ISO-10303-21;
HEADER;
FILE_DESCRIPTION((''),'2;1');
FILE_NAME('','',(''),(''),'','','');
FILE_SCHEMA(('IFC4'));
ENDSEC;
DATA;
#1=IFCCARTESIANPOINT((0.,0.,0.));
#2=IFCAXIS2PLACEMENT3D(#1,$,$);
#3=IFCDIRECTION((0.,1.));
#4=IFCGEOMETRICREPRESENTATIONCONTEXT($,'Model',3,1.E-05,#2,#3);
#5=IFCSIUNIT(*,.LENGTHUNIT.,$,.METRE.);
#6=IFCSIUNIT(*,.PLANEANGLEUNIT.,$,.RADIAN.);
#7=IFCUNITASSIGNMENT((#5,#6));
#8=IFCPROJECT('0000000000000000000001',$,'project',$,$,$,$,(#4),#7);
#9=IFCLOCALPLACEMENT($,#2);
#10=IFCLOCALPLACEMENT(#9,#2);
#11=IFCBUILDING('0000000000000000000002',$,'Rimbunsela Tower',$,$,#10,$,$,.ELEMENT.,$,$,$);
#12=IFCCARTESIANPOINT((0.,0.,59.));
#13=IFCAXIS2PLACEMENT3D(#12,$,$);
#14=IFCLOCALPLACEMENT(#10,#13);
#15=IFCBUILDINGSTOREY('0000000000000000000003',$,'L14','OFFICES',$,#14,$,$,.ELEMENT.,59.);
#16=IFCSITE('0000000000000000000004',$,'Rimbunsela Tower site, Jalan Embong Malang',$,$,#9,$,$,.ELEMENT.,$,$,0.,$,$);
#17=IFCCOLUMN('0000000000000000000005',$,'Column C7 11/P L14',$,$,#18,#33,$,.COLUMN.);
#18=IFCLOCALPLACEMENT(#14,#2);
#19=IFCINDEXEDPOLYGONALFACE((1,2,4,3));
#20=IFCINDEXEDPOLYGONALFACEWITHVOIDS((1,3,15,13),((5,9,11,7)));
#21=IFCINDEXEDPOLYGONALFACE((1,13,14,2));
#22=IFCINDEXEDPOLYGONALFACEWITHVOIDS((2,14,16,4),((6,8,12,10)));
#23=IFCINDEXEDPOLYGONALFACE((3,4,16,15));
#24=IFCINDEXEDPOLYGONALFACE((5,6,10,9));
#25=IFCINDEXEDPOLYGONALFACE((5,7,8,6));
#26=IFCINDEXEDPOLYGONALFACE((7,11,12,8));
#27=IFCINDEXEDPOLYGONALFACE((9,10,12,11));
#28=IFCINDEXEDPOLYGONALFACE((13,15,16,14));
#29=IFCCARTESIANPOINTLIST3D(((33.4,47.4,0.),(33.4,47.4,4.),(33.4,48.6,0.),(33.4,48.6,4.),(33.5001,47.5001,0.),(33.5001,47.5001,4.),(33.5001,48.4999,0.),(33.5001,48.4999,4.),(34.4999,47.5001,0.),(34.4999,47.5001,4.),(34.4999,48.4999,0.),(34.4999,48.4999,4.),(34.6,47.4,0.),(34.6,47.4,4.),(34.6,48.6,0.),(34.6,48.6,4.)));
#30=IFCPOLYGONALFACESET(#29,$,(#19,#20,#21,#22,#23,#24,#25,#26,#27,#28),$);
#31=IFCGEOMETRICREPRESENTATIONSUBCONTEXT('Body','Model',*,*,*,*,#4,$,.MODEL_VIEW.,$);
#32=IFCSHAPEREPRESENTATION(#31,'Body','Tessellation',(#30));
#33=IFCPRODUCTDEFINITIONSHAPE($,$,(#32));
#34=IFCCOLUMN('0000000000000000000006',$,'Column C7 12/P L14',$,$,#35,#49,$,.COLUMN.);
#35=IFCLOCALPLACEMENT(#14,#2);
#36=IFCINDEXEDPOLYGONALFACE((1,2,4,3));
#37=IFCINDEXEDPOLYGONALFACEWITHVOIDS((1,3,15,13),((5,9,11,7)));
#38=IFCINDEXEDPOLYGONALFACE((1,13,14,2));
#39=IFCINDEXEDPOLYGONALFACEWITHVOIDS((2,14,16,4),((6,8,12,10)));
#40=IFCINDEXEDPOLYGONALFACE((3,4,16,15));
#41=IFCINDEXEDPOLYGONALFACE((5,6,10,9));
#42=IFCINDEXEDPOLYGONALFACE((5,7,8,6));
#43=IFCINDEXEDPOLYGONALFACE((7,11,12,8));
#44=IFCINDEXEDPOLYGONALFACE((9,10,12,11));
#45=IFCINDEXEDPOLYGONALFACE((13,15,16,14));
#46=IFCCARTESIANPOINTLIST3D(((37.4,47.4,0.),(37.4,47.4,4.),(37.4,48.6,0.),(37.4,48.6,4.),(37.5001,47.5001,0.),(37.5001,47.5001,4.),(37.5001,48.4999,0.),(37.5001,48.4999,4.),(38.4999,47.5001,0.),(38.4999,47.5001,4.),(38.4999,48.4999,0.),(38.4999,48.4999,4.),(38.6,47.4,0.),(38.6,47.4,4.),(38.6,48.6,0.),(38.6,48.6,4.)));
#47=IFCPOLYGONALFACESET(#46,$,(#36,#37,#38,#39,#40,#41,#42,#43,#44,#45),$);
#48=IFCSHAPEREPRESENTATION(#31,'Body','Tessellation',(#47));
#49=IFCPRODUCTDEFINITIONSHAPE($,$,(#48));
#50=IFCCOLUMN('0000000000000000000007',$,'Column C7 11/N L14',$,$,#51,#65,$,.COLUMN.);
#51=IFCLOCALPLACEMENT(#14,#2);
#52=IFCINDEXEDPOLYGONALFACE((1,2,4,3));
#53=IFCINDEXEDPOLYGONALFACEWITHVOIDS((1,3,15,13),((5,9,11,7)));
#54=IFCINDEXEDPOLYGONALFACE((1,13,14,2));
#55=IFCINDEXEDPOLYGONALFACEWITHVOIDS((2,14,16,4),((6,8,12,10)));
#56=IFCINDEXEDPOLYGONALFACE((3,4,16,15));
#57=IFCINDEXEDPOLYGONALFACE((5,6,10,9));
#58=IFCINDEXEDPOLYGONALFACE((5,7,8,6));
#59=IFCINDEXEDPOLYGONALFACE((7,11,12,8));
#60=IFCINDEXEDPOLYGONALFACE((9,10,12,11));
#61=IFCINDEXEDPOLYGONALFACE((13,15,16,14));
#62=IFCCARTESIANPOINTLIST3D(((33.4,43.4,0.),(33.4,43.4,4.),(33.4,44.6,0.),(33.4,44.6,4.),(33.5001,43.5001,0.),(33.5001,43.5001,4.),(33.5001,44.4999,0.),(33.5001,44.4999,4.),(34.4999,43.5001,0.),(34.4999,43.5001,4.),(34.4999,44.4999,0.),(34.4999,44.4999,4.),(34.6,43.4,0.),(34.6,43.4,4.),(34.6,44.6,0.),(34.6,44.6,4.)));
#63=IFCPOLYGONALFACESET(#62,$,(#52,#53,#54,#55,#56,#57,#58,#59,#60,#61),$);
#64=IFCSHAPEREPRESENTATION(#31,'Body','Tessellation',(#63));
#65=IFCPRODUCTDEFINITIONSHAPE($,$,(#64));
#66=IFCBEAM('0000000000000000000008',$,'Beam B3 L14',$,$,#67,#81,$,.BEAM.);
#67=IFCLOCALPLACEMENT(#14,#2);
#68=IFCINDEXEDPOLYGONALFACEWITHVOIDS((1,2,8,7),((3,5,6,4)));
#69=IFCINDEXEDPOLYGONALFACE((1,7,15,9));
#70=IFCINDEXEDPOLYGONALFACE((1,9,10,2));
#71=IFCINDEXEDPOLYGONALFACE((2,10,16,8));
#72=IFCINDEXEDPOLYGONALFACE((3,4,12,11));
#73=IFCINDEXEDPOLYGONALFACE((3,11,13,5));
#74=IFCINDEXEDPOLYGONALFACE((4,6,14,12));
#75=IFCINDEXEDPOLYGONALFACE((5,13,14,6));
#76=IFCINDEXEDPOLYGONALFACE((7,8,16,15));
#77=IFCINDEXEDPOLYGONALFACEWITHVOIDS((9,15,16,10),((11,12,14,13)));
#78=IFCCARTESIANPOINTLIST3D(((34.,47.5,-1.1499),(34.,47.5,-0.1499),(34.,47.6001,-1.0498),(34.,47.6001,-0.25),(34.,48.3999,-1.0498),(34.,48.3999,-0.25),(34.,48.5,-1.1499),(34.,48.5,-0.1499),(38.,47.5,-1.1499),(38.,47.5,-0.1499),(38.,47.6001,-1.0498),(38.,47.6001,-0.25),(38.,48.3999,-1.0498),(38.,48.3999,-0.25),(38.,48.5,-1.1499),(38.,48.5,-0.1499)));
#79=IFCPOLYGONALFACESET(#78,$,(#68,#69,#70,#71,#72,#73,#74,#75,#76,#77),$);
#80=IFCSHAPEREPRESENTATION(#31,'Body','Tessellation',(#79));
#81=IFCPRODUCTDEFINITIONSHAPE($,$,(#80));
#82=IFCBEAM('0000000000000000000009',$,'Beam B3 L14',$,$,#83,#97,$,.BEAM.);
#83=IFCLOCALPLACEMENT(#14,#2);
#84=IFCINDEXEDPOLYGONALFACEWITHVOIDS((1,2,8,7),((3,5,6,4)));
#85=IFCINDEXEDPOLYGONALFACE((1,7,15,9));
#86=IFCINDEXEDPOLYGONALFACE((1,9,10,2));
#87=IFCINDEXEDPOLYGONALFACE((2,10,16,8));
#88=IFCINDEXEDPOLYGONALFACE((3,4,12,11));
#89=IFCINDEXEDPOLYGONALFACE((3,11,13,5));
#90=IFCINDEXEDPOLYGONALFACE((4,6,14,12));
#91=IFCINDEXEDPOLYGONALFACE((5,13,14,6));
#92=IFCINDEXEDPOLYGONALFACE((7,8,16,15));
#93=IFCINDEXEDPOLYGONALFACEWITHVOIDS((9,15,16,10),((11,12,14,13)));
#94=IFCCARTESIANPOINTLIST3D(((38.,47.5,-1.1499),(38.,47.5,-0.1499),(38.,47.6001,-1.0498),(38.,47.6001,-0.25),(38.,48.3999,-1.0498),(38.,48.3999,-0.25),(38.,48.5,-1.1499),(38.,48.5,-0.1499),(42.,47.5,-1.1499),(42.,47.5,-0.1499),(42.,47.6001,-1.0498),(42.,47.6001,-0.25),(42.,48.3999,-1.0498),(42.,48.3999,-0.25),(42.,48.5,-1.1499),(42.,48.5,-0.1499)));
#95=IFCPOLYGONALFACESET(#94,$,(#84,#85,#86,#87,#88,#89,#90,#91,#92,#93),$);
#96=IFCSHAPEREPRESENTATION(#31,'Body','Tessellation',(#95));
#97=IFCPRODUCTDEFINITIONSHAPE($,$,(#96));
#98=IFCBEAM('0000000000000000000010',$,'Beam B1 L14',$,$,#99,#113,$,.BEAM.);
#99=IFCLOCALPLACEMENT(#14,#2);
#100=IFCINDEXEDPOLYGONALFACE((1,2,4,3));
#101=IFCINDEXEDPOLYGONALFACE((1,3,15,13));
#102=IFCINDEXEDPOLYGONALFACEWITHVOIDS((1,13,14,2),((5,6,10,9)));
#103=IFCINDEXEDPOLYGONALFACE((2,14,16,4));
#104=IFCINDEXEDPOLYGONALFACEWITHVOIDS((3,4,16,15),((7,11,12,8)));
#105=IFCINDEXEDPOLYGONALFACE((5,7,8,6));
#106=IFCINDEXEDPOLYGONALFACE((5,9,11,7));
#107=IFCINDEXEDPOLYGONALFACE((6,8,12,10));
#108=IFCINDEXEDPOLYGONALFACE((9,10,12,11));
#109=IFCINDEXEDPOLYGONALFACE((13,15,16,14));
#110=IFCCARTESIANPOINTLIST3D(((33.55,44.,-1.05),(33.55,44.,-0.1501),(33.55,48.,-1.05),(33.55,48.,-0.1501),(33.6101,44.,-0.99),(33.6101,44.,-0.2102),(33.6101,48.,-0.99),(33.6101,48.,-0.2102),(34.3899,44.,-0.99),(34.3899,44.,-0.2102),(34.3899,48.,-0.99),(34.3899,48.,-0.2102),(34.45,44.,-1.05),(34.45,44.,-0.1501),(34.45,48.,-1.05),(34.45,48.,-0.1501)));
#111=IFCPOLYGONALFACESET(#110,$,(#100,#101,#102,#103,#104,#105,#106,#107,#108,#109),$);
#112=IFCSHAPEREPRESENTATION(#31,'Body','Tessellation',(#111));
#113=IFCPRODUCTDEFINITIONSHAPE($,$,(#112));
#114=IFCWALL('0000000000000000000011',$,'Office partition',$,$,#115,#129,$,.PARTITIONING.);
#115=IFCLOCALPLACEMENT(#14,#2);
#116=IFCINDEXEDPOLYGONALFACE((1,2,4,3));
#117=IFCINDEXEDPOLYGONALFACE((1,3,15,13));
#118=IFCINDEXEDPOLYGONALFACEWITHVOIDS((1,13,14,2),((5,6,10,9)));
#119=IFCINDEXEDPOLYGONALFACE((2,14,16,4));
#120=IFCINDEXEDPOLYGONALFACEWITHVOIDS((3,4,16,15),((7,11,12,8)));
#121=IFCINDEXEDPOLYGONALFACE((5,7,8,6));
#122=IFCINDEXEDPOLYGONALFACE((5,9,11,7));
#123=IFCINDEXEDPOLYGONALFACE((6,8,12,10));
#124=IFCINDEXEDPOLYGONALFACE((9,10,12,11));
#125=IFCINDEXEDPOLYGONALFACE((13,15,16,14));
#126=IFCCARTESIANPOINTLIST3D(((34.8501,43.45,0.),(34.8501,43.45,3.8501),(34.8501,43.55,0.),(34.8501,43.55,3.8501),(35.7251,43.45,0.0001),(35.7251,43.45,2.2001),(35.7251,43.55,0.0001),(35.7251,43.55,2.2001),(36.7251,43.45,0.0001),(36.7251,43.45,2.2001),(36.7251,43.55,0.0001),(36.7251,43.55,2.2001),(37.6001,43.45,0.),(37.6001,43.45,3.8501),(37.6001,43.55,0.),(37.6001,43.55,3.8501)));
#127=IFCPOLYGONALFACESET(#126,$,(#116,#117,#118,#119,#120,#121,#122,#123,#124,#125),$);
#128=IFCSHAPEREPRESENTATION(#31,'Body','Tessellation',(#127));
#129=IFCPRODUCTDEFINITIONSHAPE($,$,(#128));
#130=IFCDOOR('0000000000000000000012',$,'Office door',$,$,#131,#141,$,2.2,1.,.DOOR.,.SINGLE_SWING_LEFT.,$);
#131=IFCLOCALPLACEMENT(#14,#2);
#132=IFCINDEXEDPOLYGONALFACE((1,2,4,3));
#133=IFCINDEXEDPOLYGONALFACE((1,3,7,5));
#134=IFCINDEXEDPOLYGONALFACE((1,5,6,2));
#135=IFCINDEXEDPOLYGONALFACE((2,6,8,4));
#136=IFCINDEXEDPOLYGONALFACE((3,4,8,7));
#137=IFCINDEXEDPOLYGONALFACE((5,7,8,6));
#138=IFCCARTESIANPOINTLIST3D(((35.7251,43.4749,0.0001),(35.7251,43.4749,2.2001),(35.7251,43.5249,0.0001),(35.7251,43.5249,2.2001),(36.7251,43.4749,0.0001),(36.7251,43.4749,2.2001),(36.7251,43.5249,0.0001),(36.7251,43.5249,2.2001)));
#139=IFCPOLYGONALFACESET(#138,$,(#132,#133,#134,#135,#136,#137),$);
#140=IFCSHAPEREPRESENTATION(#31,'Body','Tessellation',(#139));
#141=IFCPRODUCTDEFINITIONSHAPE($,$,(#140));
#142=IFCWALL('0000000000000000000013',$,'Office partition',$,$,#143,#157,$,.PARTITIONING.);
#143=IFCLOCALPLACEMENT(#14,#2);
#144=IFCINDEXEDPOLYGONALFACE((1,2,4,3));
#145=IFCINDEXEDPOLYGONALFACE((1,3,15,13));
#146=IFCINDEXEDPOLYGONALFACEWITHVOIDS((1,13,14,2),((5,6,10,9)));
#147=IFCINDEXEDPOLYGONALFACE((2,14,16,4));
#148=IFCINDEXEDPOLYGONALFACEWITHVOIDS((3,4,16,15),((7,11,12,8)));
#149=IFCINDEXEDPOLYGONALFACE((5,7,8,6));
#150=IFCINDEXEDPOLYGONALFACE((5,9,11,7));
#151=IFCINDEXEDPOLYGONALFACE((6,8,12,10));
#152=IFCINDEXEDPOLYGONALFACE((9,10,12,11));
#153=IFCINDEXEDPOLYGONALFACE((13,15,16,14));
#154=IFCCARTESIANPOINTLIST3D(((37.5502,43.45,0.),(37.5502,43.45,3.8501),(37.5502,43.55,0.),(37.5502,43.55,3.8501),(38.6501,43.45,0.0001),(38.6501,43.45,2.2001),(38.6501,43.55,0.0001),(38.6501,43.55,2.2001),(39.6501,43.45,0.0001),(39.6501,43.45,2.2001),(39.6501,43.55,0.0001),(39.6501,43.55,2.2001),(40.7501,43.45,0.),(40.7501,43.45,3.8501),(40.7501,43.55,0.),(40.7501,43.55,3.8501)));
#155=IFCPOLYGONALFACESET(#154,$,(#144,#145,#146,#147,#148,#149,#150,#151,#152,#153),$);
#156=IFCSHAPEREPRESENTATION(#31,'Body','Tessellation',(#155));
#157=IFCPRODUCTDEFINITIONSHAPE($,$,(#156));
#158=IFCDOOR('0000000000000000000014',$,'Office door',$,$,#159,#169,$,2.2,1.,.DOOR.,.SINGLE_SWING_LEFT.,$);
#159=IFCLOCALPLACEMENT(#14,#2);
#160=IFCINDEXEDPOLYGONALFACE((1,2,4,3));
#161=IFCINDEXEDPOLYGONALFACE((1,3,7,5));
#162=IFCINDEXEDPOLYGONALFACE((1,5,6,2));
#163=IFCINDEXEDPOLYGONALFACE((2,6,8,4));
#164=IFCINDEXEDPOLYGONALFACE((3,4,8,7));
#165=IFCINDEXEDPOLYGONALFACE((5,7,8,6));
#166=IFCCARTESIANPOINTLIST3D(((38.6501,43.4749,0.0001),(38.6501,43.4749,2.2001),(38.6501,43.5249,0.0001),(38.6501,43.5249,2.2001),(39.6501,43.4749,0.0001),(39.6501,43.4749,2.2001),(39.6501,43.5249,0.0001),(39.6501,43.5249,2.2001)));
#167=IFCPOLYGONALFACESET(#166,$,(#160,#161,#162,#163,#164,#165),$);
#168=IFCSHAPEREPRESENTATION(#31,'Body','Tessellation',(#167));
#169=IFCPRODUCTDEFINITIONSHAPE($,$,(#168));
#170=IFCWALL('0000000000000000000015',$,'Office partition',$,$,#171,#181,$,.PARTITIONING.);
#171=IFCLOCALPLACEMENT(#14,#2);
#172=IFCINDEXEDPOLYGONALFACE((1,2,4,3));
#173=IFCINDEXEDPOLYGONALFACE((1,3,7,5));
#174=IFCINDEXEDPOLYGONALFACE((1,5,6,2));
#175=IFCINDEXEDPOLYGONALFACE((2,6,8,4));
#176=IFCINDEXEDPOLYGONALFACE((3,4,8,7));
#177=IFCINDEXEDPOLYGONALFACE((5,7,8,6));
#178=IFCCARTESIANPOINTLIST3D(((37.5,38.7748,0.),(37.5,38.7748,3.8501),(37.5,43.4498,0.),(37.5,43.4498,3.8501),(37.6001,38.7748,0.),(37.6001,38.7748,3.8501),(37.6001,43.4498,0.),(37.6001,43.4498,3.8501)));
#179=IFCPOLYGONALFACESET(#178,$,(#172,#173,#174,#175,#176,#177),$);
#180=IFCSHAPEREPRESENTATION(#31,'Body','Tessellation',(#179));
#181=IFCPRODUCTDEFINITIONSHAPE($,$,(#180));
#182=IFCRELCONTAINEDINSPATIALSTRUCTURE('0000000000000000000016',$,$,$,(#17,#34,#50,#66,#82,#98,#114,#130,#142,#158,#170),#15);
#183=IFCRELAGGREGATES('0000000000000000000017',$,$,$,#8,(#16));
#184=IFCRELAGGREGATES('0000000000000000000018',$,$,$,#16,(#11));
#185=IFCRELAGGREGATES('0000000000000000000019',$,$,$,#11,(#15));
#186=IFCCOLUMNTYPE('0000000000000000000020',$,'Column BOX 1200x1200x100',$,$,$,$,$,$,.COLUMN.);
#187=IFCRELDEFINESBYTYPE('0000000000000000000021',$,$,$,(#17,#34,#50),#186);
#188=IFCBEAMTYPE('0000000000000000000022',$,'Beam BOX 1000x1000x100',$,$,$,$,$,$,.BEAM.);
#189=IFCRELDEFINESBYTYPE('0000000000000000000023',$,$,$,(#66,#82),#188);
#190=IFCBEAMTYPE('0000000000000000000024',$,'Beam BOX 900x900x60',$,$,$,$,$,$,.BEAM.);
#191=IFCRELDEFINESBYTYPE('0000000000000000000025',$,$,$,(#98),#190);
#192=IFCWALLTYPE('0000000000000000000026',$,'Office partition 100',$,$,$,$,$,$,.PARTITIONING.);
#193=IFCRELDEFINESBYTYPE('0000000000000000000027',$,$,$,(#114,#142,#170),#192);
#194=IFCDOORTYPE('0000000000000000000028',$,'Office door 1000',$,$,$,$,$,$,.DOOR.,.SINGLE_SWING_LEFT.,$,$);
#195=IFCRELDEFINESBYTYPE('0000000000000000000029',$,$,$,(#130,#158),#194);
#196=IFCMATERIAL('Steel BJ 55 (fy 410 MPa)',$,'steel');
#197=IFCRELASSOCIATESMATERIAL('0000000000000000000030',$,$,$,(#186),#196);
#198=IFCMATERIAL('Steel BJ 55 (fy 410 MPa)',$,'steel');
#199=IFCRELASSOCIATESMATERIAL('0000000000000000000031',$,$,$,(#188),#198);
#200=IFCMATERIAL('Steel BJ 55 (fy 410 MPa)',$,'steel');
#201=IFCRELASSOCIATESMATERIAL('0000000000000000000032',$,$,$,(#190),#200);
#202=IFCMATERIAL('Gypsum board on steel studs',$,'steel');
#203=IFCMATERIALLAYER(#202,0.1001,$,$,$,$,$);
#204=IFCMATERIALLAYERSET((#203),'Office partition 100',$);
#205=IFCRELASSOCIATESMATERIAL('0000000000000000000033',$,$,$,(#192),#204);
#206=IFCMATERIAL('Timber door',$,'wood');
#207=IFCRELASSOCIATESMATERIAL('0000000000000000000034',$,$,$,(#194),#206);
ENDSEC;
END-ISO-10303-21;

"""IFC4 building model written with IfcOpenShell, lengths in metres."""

from ifc_helpers import new_model, si_unit, direction, frame, frame_2d, origin, origin_2d, place, context, subcontext, project, spatial, rectangle, hollow_rectangle, extrude, material, layer, layer_set, material_profile, profile_set, type_object, element, fill, save


model = new_model("IFC4")

# Units and contexts
model_context = context("Model", 3, precision=1e-05, world=origin(), true_north=direction((0.0, 1.0)))
body_context = subcontext(model_context, "Body", "Model", "MODEL_VIEW")
ifc_project = project(units=[si_unit("LENGTHUNIT", "METRE"), si_unit("PLANEANGLEUNIT", "RADIAN")], contexts=[model_context])

# Site, building, storey
site_placement = place(None, origin())
site = spatial("IfcSite", under=ifc_project, at=site_placement, Name="Rimbunsela Tower site, Jalan Embong Malang", CompositionType="ELEMENT", RefElevation=0.0)
building_placement = place(site_placement, origin())
building = spatial("IfcBuilding", under=site, at=building_placement, Name="Rimbunsela Tower", CompositionType="ELEMENT")
storey_placement = place(building_placement, frame((0.0, 0.0, 59.0)))
storey = spatial("IfcBuildingStorey", under=building, at=storey_placement, Name="L14", Description="OFFICES", CompositionType="ELEMENT", Elevation=59.0)

# Columns
ifc_material_1 = material(Name="Steel BJ 55 (fy 410 MPa)", Category="steel")
ifc_material_profile_1 = material_profile(ifc_material_1, hollow_rectangle(XDim=1.2, YDim=1.2, WallThickness=0.1001, at=origin_2d()), Name="BOX 1200x1200x100")
ifc_profile_set_1 = profile_set([ifc_material_profile_1], Name="Steel BJ 55 (fy 410 MPa)")
column_type = type_object("IfcColumnType", Name="Column BOX 1200x1200x100", PredefinedType="COLUMN", material=ifc_profile_set_1)
for number, where, z_axis, x_axis, name in (
    (1, (34.0, 48.0, 0.0), (0.0, 0.0, 1.0), (1.0, 0.0, 0.0), "Column C7 11/P L14"),
    (2, (38.0, 48.0, 0.0), (0.0, 0.0, 1.0), (1.0, 0.0, 0.0), "Column C7 12/P L14"),
    (3, (34.0, 44.0, 0.0), (0.0, 0.0, 1.0), (1.0, 0.0, 0.0), "Column C7 11/N L14"),
):
    element("IfcColumn", number, at=place(storey_placement, frame(where, z_axis=z_axis, x_axis=x_axis)), inside=storey, type_object=column_type, Name=name, PredefinedType="COLUMN", context=body_context, shape_type="SweptSolid", body=[
        extrude(hollow_rectangle(XDim=1.2, YDim=1.2, WallThickness=0.1001, at=origin_2d()), origin(), (0.0, 0.0, 1.0), 4.0),
    ])

# Beams
ifc_material_2 = material(Name="Steel BJ 55 (fy 410 MPa)", Category="steel")
ifc_material_profile_2 = material_profile(ifc_material_2, hollow_rectangle(XDim=1.0, YDim=1.0, WallThickness=0.1001, at=origin_2d()), Name="BOX 1000x1000x100")
ifc_profile_set_2 = profile_set([ifc_material_profile_2], Name="Steel BJ 55 (fy 410 MPa)")
beam_type_1 = type_object("IfcBeamType", Name="Beam BOX 1000x1000x100", PredefinedType="BEAM", material=ifc_profile_set_2)
for number, where, z_axis, x_axis, name in (
    (4, (34.0, 48.0, -0.6499), (1.0, 0.0, 0.0), (0.0, 1.0, 0.0), "Beam B3 L14"),
    (5, (38.0, 48.0, -0.6499), (1.0, 0.0, 0.0), (0.0, 1.0, 0.0), "Beam B3 L14"),
):
    element("IfcBeam", number, at=place(storey_placement, frame(where, z_axis=z_axis, x_axis=x_axis)), inside=storey, type_object=beam_type_1, Name=name, PredefinedType="BEAM", context=body_context, shape_type="SweptSolid", body=[
        extrude(hollow_rectangle(XDim=1.0, YDim=1.0, WallThickness=0.1001, at=origin_2d()), origin(), (0.0, 0.0, 1.0), 4.0),
    ])
ifc_material_3 = material(Name="Steel BJ 55 (fy 410 MPa)", Category="steel")
ifc_material_profile_3 = material_profile(ifc_material_3, hollow_rectangle(XDim=0.8999, YDim=0.8999, WallThickness=0.0601, at=origin_2d()), Name="BOX 900x900x60")
ifc_profile_set_3 = profile_set([ifc_material_profile_3], Name="Steel BJ 55 (fy 410 MPa)")
beam_type_2 = type_object("IfcBeamType", Name="Beam BOX 900x900x60", PredefinedType="BEAM", material=ifc_profile_set_3)
beam_placement = place(storey_placement, frame((34.0, 44.0, -0.6001), z_axis=(0.0, 1.0, 0.0), x_axis=(-1.0, 0.0, 0.0)))
element("IfcBeam", 6, at=beam_placement, inside=storey, type_object=beam_type_2, Name="Beam B1 L14", PredefinedType="BEAM", context=body_context, shape_type="SweptSolid", body=[
    extrude(hollow_rectangle(XDim=0.8999, YDim=0.8999, WallThickness=0.0601, at=origin_2d()), origin(), (0.0, 0.0, 1.0), 4.0),
])

# Walls, openings, doors
ifc_material_4 = material(Name="Gypsum board on steel studs", Category="steel")
ifc_layer_1 = layer(ifc_material_4, 0.1001)
ifc_layer_set_1 = layer_set([ifc_layer_1], Name="Office partition 100")
wall_type_1 = type_object("IfcWallType", Name="Office partition 100", PredefinedType="PARTITIONING", material=ifc_layer_set_1)
wall_1_placement = place(storey_placement, frame((34.8501, 43.5, 0.0), z_axis=(0.0, 0.0, 1.0), x_axis=(1.0, 0.0, 0.0)))
wall_1 = element("IfcWall", 7, at=wall_1_placement, inside=storey, type_object=wall_type_1, Name="Office partition", PredefinedType="PARTITIONING", context=body_context, shape_type="SweptSolid", body=[
    extrude(rectangle(XDim=2.75, YDim=0.1001, at=frame_2d((1.375, 0.0))), origin(), (0.0, 0.0, 1.0), 3.8501),
])
opening_1_placement = place(wall_1_placement, frame((0.875, 0.0, 0.0)))
opening_1 = element("IfcOpeningElement", 8, at=opening_1_placement, cuts=wall_1, PredefinedType="OPENING", context=body_context, shape_type="SweptSolid", body=[
    extrude(rectangle(XDim=1.0, YDim=2.2, at=frame_2d((0.5, 1.1001))), frame((0.0, 0.0601, 0.0), z_axis=(0.0, -1.0, 0.0), x_axis=(1.0, 0.0, 0.0)), (0.0, 0.0, 1.0), 0.1201),
])
ifc_material_5 = material(Name="Timber door", Category="wood")
door_type = type_object("IfcDoorType", Name="Office door 1000", OperationType="SINGLE_SWING_LEFT", PredefinedType="DOOR", material=ifc_material_5)
door_1_placement = place(opening_1_placement, origin())
door_1 = element("IfcDoor", 9, at=door_1_placement, inside=storey, type_object=door_type, Name="Office door", OperationType="SINGLE_SWING_LEFT", OverallHeight=2.2, OverallWidth=1.0, PredefinedType="DOOR", context=body_context, shape_type="SweptSolid", body=[
    extrude(rectangle(XDim=1.0, YDim=2.2, at=frame_2d((0.5, 1.1001))), frame((0.0, 0.0249, 0.0), z_axis=(0.0, -1.0, 0.0), x_axis=(1.0, 0.0, 0.0)), (0.0, 0.0, 1.0), 0.05),
])
fill(opening_1, door_1)
wall_2_placement = place(storey_placement, frame((37.55, 43.5, 0.0), z_axis=(0.0, 0.0, 1.0), x_axis=(1.0, 0.0, 0.0)))
wall_2 = element("IfcWall", 10, at=wall_2_placement, inside=storey, type_object=wall_type_1, Name="Office partition", PredefinedType="PARTITIONING", context=body_context, shape_type="SweptSolid", body=[
    extrude(rectangle(XDim=3.2, YDim=0.1001, at=frame_2d((1.6001, 0.0))), origin(), (0.0, 0.0, 1.0), 3.8501),
])
opening_2_placement = place(wall_2_placement, frame((1.1001, 0.0, 0.0)))
opening_2 = element("IfcOpeningElement", 11, at=opening_2_placement, cuts=wall_2, PredefinedType="OPENING", context=body_context, shape_type="SweptSolid", body=[
    extrude(rectangle(XDim=1.0, YDim=2.2, at=frame_2d((0.5, 1.1001))), frame((0.0, 0.0601, 0.0), z_axis=(0.0, -1.0, 0.0), x_axis=(1.0, 0.0, 0.0)), (0.0, 0.0, 1.0), 0.1201),
])
door_2_placement = place(opening_2_placement, origin())
door_2 = element("IfcDoor", 12, at=door_2_placement, inside=storey, type_object=door_type, Name="Office door", OperationType="SINGLE_SWING_LEFT", OverallHeight=2.2, OverallWidth=1.0, PredefinedType="DOOR", context=body_context, shape_type="SweptSolid", body=[
    extrude(rectangle(XDim=1.0, YDim=2.2, at=frame_2d((0.5, 1.1001))), frame((0.0, 0.0249, 0.0), z_axis=(0.0, -1.0, 0.0), x_axis=(1.0, 0.0, 0.0)), (0.0, 0.0, 1.0), 0.05),
])
fill(opening_2, door_2)

# Wall
for number, where, z_axis, x_axis, name in (
    (13, (37.55, 38.7749, 0.0), (0.0, 0.0, 1.0), (0.0, 1.0, 0.0), "Office partition"),
):
    element("IfcWall", number, at=place(storey_placement, frame(where, z_axis=z_axis, x_axis=x_axis)), inside=storey, type_object=wall_type_1, Name=name, PredefinedType="PARTITIONING", context=body_context, shape_type="SweptSolid", body=[
        extrude(rectangle(XDim=4.675, YDim=0.1001, at=frame_2d((2.3374, 0.0))), origin(), (0.0, 0.0, 1.0), 3.8501),
    ])

save(model, "model.ifc")
